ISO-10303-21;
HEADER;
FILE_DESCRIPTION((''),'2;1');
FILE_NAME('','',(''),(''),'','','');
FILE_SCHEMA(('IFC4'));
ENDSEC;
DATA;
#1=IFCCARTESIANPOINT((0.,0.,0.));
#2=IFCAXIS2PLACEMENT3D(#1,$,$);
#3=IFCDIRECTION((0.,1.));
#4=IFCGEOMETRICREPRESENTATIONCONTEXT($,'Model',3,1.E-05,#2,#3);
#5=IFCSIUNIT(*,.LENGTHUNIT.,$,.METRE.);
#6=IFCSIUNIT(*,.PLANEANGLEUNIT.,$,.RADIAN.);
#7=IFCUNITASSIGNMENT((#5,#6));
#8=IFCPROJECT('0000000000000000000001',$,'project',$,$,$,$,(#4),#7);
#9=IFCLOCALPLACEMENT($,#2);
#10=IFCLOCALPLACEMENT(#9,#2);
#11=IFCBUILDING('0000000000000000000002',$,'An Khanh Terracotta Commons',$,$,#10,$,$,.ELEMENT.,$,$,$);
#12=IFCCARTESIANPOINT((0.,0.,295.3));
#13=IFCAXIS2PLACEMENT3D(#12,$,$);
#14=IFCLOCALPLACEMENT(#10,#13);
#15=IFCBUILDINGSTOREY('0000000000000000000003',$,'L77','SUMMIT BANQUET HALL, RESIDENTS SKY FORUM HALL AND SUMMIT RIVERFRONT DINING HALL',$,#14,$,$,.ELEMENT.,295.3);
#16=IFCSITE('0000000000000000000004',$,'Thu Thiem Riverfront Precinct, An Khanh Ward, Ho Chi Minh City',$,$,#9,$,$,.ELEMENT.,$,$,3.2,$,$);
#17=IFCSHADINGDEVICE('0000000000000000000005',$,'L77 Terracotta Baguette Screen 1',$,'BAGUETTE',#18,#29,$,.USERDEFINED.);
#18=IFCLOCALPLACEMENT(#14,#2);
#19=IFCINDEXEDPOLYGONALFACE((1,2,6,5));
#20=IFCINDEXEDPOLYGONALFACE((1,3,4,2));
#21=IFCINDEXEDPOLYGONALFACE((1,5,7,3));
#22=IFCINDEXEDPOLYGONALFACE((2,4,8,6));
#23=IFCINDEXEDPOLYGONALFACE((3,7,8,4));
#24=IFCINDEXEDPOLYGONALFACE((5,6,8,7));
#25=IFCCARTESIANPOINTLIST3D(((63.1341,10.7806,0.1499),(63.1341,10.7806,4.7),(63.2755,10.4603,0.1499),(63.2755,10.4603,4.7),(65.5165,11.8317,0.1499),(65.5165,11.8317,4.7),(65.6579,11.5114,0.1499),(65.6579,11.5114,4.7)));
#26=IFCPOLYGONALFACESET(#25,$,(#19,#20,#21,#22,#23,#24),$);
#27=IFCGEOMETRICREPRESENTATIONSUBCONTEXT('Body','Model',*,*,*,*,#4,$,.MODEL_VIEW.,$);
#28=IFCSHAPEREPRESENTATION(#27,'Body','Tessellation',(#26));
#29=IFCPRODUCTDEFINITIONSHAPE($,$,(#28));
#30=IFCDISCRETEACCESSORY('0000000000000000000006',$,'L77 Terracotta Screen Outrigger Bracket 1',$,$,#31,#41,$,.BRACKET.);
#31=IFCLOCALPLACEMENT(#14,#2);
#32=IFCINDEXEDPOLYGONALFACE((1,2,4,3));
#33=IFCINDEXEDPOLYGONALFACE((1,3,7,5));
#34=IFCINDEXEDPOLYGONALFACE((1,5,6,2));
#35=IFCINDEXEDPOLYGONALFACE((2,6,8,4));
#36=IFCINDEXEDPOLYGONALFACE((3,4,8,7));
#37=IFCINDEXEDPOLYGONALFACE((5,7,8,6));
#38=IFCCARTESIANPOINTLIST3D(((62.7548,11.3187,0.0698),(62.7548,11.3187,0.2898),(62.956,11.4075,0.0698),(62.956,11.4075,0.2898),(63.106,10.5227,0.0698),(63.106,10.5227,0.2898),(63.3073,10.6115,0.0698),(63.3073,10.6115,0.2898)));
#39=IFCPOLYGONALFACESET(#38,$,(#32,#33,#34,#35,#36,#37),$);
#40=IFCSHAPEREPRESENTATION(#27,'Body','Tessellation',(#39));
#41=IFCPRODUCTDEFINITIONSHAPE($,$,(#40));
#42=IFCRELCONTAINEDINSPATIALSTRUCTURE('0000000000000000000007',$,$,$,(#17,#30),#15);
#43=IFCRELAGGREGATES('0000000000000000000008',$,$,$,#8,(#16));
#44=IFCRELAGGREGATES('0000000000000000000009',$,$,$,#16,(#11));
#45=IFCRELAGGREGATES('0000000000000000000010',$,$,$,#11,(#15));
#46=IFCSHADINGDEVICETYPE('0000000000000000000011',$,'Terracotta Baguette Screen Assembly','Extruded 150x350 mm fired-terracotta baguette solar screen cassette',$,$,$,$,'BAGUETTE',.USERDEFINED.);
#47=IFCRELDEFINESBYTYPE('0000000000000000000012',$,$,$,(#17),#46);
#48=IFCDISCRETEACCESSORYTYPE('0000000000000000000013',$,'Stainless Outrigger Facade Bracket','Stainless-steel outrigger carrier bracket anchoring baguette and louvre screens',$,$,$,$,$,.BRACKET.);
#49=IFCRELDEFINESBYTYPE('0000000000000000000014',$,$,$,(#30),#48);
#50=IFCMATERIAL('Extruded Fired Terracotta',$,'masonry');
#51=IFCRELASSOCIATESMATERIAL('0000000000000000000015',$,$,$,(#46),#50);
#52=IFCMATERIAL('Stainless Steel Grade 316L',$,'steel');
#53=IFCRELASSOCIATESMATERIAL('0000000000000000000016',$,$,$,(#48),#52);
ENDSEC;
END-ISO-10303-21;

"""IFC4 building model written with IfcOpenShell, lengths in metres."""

from ifc_helpers import new_model, si_unit, direction, frame, origin, origin_2d, place, context, subcontext, project, spatial, rectangle, extrude, material, type_object, element, save


model = new_model("IFC4")

# Units and contexts
model_context = context("Model", 3, precision=1e-05, world=origin(), true_north=direction((0.0, 1.0)))
body_context = subcontext(model_context, "Body", "Model", "MODEL_VIEW")
ifc_project = project(units=[si_unit("LENGTHUNIT", "METRE"), si_unit("PLANEANGLEUNIT", "RADIAN")], contexts=[model_context])

# Site, building, storey
site_placement = place(None, origin())
site = spatial("IfcSite", under=ifc_project, at=site_placement, Name="Thu Thiem Riverfront Precinct, An Khanh Ward, Ho Chi Minh City", CompositionType="ELEMENT", RefElevation=3.2)
building_placement = place(site_placement, origin())
building = spatial("IfcBuilding", under=site, at=building_placement, Name="An Khanh Terracotta Commons", CompositionType="ELEMENT")
storey_placement = place(building_placement, frame((0.0, 0.0, 295.3)))
storey = spatial("IfcBuildingStorey", under=building, at=storey_placement, Name="L77", Description="SUMMIT BANQUET HALL, RESIDENTS SKY FORUM HALL AND SUMMIT RIVERFRONT DINING HALL", CompositionType="ELEMENT", Elevation=295.3)

# Shading device
ifc_material_1 = material(Name="Extruded Fired Terracotta", Category="masonry")
shading_device_type = type_object("IfcShadingDeviceType", Name="Terracotta Baguette Screen Assembly", Description="Extruded 150x350 mm fired-terracotta baguette solar screen cassette", ElementType="BAGUETTE", PredefinedType="USERDEFINED", material=ifc_material_1)
shading_device_placement = place(storey_placement, frame((64.396, 11.146, 0.1499), z_axis=(0.0, 0.0, 1.0), x_axis=(0.914902, 0.403676, 0.0)))
element("IfcShadingDevice", 1, at=shading_device_placement, inside=storey, type_object=shading_device_type, Name="L77 Terracotta Baguette Screen 1", ObjectType="BAGUETTE", PredefinedType="USERDEFINED", context=body_context, shape_type="SweptSolid", body=[
    extrude(rectangle(XDim=2.604, YDim=0.3501, at=origin_2d()), origin(), (0.0, 0.0, 1.0), 4.55),
])

# Discrete accessory
ifc_material_2 = material(Name="Stainless Steel Grade 316L", Category="steel")
discrete_accessory_type = type_object("IfcDiscreteAccessoryType", Name="Stainless Outrigger Facade Bracket", Description="Stainless-steel outrigger carrier bracket anchoring baguette and louvre screens", PredefinedType="BRACKET", material=ifc_material_2)
discrete_accessory_placement = place(storey_placement, frame((63.031, 10.9651, 0.0698), z_axis=(0.0, 0.0, 1.0), x_axis=(0.914902, 0.403676, 0.0)))
element("IfcDiscreteAccessory", 2, at=discrete_accessory_placement, inside=storey, type_object=discrete_accessory_type, Name="L77 Terracotta Screen Outrigger Bracket 1", PredefinedType="BRACKET", context=body_context, shape_type="SweptSolid", body=[
    extrude(rectangle(XDim=0.22, YDim=0.8701, at=origin_2d()), origin(), (0.0, 0.0, 1.0), 0.22),
])

save(model, "model.ifc")
